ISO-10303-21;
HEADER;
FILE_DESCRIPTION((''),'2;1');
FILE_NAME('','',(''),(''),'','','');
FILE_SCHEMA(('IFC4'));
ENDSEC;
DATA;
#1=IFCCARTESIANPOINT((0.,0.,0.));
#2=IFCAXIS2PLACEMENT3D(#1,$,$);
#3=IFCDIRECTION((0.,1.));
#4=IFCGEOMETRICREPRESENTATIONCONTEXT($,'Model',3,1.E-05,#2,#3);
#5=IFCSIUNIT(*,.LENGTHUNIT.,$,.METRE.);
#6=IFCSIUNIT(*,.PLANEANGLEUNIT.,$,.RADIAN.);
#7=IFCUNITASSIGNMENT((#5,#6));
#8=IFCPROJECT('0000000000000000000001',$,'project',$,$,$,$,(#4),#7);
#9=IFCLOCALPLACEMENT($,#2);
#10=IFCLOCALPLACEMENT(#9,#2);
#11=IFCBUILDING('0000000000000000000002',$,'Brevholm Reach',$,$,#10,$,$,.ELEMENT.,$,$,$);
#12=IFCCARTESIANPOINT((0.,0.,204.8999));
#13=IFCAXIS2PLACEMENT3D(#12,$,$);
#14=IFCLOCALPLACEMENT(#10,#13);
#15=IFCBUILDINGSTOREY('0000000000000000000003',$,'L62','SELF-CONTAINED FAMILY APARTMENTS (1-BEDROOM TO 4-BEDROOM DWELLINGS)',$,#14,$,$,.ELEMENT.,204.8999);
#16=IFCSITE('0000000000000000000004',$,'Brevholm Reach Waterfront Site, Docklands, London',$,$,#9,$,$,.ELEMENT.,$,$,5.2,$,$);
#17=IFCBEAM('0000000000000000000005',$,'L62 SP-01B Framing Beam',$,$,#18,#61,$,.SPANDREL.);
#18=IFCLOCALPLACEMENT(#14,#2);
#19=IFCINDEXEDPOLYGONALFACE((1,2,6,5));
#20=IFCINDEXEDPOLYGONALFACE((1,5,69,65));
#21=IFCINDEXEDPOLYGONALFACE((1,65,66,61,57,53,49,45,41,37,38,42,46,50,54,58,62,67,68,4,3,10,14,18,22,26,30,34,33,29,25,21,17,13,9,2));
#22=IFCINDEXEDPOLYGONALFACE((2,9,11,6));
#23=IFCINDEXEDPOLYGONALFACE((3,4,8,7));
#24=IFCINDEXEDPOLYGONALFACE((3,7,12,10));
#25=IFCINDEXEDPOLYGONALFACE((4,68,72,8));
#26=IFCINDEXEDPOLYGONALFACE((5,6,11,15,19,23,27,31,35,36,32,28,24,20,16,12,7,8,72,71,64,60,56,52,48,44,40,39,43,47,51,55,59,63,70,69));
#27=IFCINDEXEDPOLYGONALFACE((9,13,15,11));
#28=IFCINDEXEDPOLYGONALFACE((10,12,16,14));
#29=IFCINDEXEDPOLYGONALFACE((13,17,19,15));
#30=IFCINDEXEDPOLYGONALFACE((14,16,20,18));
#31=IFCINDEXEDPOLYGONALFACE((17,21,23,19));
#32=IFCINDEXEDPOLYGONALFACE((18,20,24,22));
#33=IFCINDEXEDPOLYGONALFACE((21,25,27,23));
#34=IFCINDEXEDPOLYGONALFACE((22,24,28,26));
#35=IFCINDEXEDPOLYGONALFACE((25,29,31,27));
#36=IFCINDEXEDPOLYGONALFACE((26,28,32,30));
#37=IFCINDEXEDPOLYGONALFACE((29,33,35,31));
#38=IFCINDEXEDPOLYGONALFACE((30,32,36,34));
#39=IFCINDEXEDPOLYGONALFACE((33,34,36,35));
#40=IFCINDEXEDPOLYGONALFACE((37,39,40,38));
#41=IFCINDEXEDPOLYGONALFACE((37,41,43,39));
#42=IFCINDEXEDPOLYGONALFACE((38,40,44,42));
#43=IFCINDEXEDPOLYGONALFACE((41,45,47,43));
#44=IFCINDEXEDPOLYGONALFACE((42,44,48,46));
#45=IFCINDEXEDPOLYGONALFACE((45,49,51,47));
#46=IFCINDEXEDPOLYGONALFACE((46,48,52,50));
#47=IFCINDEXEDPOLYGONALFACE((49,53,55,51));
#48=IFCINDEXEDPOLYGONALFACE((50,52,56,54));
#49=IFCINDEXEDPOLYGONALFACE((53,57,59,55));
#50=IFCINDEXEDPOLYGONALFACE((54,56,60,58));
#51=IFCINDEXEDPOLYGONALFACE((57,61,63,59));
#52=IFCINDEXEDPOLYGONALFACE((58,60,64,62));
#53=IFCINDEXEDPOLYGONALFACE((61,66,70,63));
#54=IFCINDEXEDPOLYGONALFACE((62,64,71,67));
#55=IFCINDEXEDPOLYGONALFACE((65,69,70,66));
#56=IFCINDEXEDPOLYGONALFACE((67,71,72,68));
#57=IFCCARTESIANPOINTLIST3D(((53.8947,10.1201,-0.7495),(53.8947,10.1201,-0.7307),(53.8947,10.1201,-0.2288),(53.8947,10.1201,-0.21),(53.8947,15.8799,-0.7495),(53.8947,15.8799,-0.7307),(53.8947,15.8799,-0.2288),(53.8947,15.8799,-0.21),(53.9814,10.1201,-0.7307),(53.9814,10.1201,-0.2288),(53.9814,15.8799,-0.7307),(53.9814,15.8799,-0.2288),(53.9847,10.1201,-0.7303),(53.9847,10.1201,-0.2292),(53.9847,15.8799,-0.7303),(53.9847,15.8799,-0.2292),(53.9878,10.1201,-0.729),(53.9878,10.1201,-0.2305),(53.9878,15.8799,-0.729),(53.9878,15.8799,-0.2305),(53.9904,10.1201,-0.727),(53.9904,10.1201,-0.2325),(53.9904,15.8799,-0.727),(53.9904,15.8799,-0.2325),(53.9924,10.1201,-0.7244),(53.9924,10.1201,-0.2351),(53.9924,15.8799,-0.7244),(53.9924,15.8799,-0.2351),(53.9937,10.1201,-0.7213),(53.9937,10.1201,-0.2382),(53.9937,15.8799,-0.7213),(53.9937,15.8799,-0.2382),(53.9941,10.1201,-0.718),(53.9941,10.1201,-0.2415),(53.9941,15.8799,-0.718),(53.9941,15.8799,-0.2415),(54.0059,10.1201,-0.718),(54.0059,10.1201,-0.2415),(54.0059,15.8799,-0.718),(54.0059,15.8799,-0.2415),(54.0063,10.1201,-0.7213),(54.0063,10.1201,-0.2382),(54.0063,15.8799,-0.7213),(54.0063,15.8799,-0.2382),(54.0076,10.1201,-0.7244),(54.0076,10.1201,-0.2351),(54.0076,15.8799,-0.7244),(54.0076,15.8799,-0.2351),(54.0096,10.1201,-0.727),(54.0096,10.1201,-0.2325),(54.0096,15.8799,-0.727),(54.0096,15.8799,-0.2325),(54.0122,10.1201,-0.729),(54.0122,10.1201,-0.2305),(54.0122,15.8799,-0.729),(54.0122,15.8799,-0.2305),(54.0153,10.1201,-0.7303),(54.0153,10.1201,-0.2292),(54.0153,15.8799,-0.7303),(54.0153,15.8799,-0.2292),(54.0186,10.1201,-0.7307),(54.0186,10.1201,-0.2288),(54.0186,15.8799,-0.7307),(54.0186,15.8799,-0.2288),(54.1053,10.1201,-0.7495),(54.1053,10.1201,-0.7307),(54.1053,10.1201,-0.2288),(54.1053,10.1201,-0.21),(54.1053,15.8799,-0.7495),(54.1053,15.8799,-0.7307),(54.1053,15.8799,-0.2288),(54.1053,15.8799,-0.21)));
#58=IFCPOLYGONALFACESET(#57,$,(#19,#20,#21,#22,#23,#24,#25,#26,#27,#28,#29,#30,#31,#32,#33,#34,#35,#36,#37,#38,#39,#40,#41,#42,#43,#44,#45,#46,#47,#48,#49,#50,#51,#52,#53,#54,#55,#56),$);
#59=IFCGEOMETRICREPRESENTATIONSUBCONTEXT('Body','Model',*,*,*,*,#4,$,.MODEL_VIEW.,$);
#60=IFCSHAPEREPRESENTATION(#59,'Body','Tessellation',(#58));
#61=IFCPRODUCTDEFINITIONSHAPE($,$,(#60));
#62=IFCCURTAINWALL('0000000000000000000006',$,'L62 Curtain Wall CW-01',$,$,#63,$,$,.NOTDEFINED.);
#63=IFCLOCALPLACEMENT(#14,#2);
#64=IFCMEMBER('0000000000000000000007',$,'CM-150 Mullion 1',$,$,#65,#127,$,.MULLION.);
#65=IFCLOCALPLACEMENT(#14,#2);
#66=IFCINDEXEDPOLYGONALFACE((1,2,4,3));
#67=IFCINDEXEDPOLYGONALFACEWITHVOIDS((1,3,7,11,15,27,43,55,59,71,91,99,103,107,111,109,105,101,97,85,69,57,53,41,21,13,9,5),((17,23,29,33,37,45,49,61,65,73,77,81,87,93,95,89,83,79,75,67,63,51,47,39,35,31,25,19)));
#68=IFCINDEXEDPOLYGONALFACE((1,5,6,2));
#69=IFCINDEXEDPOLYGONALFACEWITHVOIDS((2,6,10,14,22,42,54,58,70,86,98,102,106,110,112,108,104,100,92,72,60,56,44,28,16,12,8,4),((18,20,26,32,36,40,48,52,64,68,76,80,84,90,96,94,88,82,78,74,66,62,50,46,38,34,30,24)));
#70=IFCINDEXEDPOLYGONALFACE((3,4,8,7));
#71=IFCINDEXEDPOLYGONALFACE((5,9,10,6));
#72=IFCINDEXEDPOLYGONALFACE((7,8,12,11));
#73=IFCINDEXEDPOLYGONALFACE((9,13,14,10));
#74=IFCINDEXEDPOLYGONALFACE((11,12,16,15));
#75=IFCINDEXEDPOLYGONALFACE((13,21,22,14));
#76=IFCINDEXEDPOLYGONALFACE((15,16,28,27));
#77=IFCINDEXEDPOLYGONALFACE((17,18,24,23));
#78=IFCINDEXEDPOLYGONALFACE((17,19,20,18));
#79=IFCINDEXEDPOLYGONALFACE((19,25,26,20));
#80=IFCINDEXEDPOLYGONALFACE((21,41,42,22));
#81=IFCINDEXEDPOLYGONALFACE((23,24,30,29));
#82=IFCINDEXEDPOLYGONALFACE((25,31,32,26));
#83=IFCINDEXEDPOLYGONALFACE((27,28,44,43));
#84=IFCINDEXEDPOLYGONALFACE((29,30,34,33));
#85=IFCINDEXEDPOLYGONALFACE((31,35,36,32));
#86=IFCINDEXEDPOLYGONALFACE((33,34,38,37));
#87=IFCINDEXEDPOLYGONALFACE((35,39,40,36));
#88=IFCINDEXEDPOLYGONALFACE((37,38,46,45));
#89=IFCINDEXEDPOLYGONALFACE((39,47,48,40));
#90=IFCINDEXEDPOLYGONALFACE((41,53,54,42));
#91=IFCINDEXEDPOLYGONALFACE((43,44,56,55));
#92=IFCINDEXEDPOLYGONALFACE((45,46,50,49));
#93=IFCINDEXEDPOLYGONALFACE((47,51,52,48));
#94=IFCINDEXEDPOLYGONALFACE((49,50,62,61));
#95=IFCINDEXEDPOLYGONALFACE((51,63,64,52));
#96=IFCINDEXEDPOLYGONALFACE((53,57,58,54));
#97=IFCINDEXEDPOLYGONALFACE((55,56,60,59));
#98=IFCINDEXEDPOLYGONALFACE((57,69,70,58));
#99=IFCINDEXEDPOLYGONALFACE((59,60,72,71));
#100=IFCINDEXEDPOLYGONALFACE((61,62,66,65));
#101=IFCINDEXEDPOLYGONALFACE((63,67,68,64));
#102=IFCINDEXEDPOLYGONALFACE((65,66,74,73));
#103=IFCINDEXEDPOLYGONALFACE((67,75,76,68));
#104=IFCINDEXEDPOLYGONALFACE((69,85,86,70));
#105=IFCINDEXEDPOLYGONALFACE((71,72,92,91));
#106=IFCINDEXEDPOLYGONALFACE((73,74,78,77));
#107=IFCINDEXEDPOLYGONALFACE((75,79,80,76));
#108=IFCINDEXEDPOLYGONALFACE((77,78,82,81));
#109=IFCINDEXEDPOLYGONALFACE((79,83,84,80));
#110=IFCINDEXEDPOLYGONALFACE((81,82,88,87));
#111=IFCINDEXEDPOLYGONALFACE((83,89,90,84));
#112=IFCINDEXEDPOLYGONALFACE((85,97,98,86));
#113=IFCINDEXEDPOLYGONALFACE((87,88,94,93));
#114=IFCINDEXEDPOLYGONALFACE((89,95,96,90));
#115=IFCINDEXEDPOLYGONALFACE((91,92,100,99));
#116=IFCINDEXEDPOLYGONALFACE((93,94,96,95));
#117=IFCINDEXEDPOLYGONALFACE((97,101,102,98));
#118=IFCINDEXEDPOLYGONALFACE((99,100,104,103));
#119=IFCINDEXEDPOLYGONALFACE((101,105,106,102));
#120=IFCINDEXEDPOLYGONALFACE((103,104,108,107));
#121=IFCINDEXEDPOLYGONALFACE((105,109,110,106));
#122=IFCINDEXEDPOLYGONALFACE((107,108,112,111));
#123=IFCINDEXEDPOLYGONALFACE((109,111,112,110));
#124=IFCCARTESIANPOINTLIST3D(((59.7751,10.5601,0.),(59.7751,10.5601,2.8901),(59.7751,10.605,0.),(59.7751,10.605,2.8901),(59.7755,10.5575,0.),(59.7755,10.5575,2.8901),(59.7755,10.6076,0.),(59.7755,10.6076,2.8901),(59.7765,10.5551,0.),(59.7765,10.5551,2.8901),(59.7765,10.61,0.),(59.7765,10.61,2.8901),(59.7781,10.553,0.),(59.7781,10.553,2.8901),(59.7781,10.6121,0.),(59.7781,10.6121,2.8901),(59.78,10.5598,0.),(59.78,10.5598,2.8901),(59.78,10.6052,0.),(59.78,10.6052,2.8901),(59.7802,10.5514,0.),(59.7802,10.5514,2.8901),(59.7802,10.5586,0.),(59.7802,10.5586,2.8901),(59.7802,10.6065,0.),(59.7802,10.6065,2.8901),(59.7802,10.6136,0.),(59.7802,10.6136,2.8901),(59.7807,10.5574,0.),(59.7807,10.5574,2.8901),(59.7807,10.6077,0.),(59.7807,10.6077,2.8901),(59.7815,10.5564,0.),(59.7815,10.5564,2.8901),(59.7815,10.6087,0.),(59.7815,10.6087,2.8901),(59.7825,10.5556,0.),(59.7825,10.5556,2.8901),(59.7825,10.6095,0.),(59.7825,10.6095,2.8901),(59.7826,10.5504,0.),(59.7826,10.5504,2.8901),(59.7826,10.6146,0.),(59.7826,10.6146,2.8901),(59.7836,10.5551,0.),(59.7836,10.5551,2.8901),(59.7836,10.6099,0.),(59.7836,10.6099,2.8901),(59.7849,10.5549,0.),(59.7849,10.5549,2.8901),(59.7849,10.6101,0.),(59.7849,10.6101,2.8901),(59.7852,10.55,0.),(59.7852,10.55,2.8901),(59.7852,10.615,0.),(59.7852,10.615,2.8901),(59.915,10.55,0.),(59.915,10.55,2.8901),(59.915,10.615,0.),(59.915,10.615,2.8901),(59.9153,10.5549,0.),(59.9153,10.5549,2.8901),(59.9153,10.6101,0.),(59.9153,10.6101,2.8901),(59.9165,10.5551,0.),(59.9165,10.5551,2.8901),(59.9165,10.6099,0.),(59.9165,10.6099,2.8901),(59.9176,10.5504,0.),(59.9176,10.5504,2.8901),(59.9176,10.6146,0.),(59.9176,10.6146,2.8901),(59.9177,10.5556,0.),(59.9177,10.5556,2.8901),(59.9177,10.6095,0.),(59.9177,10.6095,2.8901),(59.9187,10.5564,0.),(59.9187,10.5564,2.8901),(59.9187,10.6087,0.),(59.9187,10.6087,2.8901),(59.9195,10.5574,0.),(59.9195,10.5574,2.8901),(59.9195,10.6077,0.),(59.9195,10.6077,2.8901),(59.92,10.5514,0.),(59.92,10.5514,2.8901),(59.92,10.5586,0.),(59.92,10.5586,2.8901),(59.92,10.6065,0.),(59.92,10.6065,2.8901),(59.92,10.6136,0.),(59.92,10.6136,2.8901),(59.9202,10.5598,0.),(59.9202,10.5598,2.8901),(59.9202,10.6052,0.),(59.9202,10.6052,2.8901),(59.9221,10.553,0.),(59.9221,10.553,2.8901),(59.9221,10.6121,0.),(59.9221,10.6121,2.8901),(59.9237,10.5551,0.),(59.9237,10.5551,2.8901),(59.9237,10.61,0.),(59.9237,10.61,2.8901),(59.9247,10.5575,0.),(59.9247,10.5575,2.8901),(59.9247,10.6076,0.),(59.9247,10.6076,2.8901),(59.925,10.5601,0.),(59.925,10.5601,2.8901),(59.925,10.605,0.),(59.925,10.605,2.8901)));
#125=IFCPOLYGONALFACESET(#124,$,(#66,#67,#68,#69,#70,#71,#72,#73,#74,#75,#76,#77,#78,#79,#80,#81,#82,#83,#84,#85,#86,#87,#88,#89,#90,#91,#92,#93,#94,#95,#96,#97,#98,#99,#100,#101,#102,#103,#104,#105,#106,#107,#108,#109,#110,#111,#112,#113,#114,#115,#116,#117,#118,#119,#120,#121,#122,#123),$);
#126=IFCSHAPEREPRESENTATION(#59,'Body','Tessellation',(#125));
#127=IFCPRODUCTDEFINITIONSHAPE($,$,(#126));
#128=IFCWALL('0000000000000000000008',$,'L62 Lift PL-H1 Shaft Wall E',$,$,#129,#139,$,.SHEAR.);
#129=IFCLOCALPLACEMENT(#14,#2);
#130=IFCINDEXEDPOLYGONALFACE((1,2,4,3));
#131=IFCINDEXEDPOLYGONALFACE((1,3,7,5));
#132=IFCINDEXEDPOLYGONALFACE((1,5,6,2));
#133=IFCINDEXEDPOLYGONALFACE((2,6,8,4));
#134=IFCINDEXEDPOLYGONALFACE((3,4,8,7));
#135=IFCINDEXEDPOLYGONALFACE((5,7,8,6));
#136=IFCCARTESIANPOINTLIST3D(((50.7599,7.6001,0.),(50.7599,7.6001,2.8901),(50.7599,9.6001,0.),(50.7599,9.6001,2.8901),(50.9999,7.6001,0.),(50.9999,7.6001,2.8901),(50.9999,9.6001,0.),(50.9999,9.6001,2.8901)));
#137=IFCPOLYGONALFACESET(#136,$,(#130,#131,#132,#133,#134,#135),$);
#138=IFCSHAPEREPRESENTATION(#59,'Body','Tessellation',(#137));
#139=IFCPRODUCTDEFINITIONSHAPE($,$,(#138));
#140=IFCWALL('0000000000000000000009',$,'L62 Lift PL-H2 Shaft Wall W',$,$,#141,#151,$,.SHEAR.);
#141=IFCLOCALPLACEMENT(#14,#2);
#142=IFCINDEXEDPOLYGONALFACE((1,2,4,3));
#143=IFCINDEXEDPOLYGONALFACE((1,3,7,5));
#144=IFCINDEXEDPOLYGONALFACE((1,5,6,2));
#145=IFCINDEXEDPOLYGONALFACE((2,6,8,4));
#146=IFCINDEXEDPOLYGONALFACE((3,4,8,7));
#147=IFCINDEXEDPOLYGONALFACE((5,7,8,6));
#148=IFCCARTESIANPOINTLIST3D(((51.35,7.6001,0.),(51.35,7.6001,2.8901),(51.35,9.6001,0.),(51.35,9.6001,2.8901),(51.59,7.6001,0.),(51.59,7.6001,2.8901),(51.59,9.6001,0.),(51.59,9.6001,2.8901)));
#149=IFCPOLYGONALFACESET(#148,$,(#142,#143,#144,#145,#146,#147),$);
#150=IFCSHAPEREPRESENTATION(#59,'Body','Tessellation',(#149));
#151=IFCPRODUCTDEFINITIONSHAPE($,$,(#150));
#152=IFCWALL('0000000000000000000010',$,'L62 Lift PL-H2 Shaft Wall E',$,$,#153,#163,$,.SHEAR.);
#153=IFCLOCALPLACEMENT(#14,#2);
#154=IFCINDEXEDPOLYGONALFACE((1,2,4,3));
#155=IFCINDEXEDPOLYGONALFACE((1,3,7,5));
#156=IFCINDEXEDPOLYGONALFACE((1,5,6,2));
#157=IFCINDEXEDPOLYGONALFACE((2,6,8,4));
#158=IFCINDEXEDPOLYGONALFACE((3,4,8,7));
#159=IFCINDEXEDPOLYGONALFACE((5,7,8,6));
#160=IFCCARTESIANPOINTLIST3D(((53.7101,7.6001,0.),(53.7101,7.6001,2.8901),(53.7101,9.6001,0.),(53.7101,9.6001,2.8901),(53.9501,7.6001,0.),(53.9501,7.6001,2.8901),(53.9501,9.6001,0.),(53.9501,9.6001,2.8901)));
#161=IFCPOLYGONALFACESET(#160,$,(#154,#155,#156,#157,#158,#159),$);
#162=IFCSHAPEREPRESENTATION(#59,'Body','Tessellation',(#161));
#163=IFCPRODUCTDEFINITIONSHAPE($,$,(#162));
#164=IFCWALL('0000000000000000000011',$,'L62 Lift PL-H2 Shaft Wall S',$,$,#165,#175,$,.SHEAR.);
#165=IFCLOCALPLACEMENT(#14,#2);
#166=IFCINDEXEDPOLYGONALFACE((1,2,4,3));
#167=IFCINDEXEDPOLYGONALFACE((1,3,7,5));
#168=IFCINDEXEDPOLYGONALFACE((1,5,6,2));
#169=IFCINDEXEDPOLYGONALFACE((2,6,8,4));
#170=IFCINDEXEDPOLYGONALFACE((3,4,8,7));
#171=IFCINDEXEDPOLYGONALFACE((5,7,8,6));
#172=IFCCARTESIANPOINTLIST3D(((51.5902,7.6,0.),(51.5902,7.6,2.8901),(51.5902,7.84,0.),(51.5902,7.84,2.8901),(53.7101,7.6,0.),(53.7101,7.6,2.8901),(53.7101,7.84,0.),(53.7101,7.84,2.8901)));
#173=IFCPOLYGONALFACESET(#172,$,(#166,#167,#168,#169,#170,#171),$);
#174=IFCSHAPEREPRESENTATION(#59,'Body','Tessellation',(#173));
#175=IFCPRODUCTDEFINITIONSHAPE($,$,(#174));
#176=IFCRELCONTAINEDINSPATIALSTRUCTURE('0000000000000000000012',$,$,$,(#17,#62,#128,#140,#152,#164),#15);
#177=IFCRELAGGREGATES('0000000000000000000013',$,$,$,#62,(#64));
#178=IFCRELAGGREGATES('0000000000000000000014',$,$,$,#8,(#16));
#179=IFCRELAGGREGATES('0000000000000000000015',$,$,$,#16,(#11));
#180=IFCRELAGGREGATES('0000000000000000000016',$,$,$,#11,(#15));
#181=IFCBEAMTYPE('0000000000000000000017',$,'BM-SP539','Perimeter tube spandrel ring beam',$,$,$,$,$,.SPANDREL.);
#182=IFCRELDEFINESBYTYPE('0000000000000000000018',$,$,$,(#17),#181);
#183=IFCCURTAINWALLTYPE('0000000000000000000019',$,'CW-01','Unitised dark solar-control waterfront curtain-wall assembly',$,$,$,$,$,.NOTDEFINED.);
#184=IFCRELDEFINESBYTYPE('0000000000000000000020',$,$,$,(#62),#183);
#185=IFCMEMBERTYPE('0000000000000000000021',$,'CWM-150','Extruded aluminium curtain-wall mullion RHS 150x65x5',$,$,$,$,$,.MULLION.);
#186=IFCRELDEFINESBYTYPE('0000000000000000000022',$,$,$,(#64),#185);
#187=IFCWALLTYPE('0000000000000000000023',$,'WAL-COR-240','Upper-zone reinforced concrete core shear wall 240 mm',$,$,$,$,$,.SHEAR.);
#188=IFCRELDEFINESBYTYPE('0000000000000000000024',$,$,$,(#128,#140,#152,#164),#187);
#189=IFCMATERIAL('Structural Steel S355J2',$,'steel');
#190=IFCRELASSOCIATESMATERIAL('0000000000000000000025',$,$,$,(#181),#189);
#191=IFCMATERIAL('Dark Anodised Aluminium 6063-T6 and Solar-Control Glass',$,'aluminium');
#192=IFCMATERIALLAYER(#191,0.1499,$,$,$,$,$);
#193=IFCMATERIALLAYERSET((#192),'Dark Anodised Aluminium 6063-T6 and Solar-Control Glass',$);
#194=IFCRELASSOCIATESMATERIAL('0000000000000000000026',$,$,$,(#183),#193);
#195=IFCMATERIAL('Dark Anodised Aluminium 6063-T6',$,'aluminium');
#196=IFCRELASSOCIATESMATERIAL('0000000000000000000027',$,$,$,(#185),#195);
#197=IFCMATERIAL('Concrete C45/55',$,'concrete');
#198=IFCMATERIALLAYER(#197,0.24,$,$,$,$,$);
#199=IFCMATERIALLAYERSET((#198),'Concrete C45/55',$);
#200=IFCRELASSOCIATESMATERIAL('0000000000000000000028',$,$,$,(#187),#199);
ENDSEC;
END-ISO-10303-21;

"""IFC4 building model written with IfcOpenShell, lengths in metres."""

from ifc_helpers import new_model, si_unit, direction, frame, frame_2d, origin, origin_2d, place, context, subcontext, project, spatial, rectangle, hollow_rectangle, i_section, extrude, material, layer, layer_set, material_profile, profile_set, type_object, element, aggregate, save


model = new_model("IFC4")

# Units and contexts
model_context = context("Model", 3, precision=1e-05, world=origin(), true_north=direction((0.0, 1.0)))
body_context = subcontext(model_context, "Body", "Model", "MODEL_VIEW")
ifc_project = project(units=[si_unit("LENGTHUNIT", "METRE"), si_unit("PLANEANGLEUNIT", "RADIAN")], contexts=[model_context])

# Site, building, storey
site_placement = place(None, origin())
site = spatial("IfcSite", under=ifc_project, at=site_placement, Name="Brevholm Reach Waterfront Site, Docklands, London", CompositionType="ELEMENT", RefElevation=5.2)
building_placement = place(site_placement, origin())
building = spatial("IfcBuilding", under=site, at=building_placement, Name="Brevholm Reach", CompositionType="ELEMENT")
storey_placement = place(building_placement, frame((0.0, 0.0, 204.8999)))
storey = spatial("IfcBuildingStorey", under=building, at=storey_placement, Name="L62", Description="SELF-CONTAINED FAMILY APARTMENTS (1-BEDROOM TO 4-BEDROOM DWELLINGS)", CompositionType="ELEMENT", Elevation=204.8999)

# Beam
ifc_material_1 = material(Name="Structural Steel S355J2", Category="steel")
ifc_material_profile_1 = material_profile(ifc_material_1, i_section(OverallWidth=0.2107, OverallDepth=0.5396, WebThickness=0.0117, FlangeThickness=0.0188, FilletRadius=0.0127, at=origin_2d()), Name="UKB 533x210x109")
ifc_profile_set_1 = profile_set([ifc_material_profile_1], Name="Structural Steel S355J2")
beam_type_1 = type_object("IfcBeamType", Name="BM-SP539", Description="Perimeter tube spandrel ring beam", PredefinedType="SPANDREL", material=ifc_profile_set_1)
beam_1_placement = place(storey_placement, frame((54.0, 10.1201, -0.4797), z_axis=(0.0, 1.0, 0.0), x_axis=(-1.0, 0.0, 0.0)))
element("IfcBeam", 1, at=beam_1_placement, inside=storey, type_object=beam_type_1, Name="L62 SP-01B Framing Beam", PredefinedType="SPANDREL", context=body_context, shape_type="SweptSolid", body=[
    extrude(i_section(OverallWidth=0.2107, OverallDepth=0.5396, WebThickness=0.0117, FlangeThickness=0.0188, FilletRadius=0.0127, at=origin_2d()), origin(), (0.0, 0.0, 1.0), 5.7598),
])

# Curtain wall, member
ifc_material_2 = material(Name="Dark Anodised Aluminium 6063-T6 and Solar-Control Glass", Category="aluminium")
ifc_layer_1 = layer(ifc_material_2, 0.1499)
ifc_layer_set_1 = layer_set([ifc_layer_1], Name="Dark Anodised Aluminium 6063-T6 and Solar-Control Glass")
curtain_wall_type = type_object("IfcCurtainWallType", Name="CW-01", Description="Unitised dark solar-control waterfront curtain-wall assembly", PredefinedType="NOTDEFINED", material=ifc_layer_set_1)
curtain_wall_placement = place(storey_placement, origin())
curtain_wall = element("IfcCurtainWall", 2, at=curtain_wall_placement, inside=storey, type_object=curtain_wall_type, Name="L62 Curtain Wall CW-01", PredefinedType="NOTDEFINED")
ifc_material_3 = material(Name="Dark Anodised Aluminium 6063-T6", Category="aluminium")
ifc_material_profile_2 = material_profile(ifc_material_3, hollow_rectangle(XDim=0.0649, YDim=0.1499, WallThickness=0.0049, InnerFilletRadius=0.0049, OuterFilletRadius=0.01, at=origin_2d()), Name="RHS 150x65x5")
ifc_profile_set_2 = profile_set([ifc_material_profile_2], Name="Dark Anodised Aluminium 6063-T6")
member_type = type_object("IfcMemberType", Name="CWM-150", Description="Extruded aluminium curtain-wall mullion RHS 150x65x5", PredefinedType="MULLION", material=ifc_profile_set_2)
member_placement = place(storey_placement, frame((59.8501, 10.5825, 0.0), z_axis=(0.0, 0.0, 1.0), x_axis=(0.0, 1.0, 0.0)))
member = element("IfcMember", 3, at=member_placement, type_object=member_type, Name="CM-150 Mullion 1", PredefinedType="MULLION", context=body_context, shape_type="SweptSolid", body=[
    extrude(hollow_rectangle(XDim=0.0649, YDim=0.1499, WallThickness=0.0049, InnerFilletRadius=0.0049, OuterFilletRadius=0.01, at=origin_2d()), origin(), (0.0, 0.0, 1.0), 2.8901),
])
aggregate(curtain_wall, [member])

# Walls
ifc_material_4 = material(Name="Concrete C45/55", Category="concrete")
ifc_layer_2 = layer(ifc_material_4, 0.24)
ifc_layer_set_2 = layer_set([ifc_layer_2], Name="Concrete C45/55")
wall_type_1 = type_object("IfcWallType", Name="WAL-COR-240", Description="Upper-zone reinforced concrete core shear wall 240 mm", PredefinedType="SHEAR", material=ifc_layer_set_2)
for number, where, z_axis, x_axis, name in (
    (4, (50.8799, 7.6001, 0.0), (0.0, 0.0, 1.0), (0.0, 1.0, 0.0), "L62 Lift PL-H1 Shaft Wall E"),
    (5, (51.47, 7.6001, 0.0), (0.0, 0.0, 1.0), (0.0, 1.0, 0.0), "L62 Lift PL-H2 Shaft Wall W"),
    (6, (53.8301, 7.6001, 0.0), (0.0, 0.0, 1.0), (0.0, 1.0, 0.0), "L62 Lift PL-H2 Shaft Wall E"),
):
    element("IfcWall", number, at=place(storey_placement, frame(where, z_axis=z_axis, x_axis=x_axis)), inside=storey, type_object=wall_type_1, Name=name, PredefinedType="SHEAR", context=body_context, shape_type="SweptSolid", body=[
        extrude(rectangle(XDim=2.0, YDim=0.24, at=frame_2d((1.0, 0.0))), origin(), (0.0, 0.0, 1.0), 2.8901),
    ])
wall_1_placement = place(storey_placement, frame((51.5901, 7.72, 0.0), z_axis=(0.0, 0.0, 1.0), x_axis=(1.0, 0.0, 0.0)))
element("IfcWall", 7, at=wall_1_placement, inside=storey, type_object=wall_type_1, Name="L62 Lift PL-H2 Shaft Wall S", PredefinedType="SHEAR", context=body_context, shape_type="SweptSolid", body=[
    extrude(rectangle(XDim=2.1199, YDim=0.24, at=frame_2d((1.0601, 0.0))), origin(), (0.0, 0.0, 1.0), 2.8901),
])

save(model, "model.ifc")
